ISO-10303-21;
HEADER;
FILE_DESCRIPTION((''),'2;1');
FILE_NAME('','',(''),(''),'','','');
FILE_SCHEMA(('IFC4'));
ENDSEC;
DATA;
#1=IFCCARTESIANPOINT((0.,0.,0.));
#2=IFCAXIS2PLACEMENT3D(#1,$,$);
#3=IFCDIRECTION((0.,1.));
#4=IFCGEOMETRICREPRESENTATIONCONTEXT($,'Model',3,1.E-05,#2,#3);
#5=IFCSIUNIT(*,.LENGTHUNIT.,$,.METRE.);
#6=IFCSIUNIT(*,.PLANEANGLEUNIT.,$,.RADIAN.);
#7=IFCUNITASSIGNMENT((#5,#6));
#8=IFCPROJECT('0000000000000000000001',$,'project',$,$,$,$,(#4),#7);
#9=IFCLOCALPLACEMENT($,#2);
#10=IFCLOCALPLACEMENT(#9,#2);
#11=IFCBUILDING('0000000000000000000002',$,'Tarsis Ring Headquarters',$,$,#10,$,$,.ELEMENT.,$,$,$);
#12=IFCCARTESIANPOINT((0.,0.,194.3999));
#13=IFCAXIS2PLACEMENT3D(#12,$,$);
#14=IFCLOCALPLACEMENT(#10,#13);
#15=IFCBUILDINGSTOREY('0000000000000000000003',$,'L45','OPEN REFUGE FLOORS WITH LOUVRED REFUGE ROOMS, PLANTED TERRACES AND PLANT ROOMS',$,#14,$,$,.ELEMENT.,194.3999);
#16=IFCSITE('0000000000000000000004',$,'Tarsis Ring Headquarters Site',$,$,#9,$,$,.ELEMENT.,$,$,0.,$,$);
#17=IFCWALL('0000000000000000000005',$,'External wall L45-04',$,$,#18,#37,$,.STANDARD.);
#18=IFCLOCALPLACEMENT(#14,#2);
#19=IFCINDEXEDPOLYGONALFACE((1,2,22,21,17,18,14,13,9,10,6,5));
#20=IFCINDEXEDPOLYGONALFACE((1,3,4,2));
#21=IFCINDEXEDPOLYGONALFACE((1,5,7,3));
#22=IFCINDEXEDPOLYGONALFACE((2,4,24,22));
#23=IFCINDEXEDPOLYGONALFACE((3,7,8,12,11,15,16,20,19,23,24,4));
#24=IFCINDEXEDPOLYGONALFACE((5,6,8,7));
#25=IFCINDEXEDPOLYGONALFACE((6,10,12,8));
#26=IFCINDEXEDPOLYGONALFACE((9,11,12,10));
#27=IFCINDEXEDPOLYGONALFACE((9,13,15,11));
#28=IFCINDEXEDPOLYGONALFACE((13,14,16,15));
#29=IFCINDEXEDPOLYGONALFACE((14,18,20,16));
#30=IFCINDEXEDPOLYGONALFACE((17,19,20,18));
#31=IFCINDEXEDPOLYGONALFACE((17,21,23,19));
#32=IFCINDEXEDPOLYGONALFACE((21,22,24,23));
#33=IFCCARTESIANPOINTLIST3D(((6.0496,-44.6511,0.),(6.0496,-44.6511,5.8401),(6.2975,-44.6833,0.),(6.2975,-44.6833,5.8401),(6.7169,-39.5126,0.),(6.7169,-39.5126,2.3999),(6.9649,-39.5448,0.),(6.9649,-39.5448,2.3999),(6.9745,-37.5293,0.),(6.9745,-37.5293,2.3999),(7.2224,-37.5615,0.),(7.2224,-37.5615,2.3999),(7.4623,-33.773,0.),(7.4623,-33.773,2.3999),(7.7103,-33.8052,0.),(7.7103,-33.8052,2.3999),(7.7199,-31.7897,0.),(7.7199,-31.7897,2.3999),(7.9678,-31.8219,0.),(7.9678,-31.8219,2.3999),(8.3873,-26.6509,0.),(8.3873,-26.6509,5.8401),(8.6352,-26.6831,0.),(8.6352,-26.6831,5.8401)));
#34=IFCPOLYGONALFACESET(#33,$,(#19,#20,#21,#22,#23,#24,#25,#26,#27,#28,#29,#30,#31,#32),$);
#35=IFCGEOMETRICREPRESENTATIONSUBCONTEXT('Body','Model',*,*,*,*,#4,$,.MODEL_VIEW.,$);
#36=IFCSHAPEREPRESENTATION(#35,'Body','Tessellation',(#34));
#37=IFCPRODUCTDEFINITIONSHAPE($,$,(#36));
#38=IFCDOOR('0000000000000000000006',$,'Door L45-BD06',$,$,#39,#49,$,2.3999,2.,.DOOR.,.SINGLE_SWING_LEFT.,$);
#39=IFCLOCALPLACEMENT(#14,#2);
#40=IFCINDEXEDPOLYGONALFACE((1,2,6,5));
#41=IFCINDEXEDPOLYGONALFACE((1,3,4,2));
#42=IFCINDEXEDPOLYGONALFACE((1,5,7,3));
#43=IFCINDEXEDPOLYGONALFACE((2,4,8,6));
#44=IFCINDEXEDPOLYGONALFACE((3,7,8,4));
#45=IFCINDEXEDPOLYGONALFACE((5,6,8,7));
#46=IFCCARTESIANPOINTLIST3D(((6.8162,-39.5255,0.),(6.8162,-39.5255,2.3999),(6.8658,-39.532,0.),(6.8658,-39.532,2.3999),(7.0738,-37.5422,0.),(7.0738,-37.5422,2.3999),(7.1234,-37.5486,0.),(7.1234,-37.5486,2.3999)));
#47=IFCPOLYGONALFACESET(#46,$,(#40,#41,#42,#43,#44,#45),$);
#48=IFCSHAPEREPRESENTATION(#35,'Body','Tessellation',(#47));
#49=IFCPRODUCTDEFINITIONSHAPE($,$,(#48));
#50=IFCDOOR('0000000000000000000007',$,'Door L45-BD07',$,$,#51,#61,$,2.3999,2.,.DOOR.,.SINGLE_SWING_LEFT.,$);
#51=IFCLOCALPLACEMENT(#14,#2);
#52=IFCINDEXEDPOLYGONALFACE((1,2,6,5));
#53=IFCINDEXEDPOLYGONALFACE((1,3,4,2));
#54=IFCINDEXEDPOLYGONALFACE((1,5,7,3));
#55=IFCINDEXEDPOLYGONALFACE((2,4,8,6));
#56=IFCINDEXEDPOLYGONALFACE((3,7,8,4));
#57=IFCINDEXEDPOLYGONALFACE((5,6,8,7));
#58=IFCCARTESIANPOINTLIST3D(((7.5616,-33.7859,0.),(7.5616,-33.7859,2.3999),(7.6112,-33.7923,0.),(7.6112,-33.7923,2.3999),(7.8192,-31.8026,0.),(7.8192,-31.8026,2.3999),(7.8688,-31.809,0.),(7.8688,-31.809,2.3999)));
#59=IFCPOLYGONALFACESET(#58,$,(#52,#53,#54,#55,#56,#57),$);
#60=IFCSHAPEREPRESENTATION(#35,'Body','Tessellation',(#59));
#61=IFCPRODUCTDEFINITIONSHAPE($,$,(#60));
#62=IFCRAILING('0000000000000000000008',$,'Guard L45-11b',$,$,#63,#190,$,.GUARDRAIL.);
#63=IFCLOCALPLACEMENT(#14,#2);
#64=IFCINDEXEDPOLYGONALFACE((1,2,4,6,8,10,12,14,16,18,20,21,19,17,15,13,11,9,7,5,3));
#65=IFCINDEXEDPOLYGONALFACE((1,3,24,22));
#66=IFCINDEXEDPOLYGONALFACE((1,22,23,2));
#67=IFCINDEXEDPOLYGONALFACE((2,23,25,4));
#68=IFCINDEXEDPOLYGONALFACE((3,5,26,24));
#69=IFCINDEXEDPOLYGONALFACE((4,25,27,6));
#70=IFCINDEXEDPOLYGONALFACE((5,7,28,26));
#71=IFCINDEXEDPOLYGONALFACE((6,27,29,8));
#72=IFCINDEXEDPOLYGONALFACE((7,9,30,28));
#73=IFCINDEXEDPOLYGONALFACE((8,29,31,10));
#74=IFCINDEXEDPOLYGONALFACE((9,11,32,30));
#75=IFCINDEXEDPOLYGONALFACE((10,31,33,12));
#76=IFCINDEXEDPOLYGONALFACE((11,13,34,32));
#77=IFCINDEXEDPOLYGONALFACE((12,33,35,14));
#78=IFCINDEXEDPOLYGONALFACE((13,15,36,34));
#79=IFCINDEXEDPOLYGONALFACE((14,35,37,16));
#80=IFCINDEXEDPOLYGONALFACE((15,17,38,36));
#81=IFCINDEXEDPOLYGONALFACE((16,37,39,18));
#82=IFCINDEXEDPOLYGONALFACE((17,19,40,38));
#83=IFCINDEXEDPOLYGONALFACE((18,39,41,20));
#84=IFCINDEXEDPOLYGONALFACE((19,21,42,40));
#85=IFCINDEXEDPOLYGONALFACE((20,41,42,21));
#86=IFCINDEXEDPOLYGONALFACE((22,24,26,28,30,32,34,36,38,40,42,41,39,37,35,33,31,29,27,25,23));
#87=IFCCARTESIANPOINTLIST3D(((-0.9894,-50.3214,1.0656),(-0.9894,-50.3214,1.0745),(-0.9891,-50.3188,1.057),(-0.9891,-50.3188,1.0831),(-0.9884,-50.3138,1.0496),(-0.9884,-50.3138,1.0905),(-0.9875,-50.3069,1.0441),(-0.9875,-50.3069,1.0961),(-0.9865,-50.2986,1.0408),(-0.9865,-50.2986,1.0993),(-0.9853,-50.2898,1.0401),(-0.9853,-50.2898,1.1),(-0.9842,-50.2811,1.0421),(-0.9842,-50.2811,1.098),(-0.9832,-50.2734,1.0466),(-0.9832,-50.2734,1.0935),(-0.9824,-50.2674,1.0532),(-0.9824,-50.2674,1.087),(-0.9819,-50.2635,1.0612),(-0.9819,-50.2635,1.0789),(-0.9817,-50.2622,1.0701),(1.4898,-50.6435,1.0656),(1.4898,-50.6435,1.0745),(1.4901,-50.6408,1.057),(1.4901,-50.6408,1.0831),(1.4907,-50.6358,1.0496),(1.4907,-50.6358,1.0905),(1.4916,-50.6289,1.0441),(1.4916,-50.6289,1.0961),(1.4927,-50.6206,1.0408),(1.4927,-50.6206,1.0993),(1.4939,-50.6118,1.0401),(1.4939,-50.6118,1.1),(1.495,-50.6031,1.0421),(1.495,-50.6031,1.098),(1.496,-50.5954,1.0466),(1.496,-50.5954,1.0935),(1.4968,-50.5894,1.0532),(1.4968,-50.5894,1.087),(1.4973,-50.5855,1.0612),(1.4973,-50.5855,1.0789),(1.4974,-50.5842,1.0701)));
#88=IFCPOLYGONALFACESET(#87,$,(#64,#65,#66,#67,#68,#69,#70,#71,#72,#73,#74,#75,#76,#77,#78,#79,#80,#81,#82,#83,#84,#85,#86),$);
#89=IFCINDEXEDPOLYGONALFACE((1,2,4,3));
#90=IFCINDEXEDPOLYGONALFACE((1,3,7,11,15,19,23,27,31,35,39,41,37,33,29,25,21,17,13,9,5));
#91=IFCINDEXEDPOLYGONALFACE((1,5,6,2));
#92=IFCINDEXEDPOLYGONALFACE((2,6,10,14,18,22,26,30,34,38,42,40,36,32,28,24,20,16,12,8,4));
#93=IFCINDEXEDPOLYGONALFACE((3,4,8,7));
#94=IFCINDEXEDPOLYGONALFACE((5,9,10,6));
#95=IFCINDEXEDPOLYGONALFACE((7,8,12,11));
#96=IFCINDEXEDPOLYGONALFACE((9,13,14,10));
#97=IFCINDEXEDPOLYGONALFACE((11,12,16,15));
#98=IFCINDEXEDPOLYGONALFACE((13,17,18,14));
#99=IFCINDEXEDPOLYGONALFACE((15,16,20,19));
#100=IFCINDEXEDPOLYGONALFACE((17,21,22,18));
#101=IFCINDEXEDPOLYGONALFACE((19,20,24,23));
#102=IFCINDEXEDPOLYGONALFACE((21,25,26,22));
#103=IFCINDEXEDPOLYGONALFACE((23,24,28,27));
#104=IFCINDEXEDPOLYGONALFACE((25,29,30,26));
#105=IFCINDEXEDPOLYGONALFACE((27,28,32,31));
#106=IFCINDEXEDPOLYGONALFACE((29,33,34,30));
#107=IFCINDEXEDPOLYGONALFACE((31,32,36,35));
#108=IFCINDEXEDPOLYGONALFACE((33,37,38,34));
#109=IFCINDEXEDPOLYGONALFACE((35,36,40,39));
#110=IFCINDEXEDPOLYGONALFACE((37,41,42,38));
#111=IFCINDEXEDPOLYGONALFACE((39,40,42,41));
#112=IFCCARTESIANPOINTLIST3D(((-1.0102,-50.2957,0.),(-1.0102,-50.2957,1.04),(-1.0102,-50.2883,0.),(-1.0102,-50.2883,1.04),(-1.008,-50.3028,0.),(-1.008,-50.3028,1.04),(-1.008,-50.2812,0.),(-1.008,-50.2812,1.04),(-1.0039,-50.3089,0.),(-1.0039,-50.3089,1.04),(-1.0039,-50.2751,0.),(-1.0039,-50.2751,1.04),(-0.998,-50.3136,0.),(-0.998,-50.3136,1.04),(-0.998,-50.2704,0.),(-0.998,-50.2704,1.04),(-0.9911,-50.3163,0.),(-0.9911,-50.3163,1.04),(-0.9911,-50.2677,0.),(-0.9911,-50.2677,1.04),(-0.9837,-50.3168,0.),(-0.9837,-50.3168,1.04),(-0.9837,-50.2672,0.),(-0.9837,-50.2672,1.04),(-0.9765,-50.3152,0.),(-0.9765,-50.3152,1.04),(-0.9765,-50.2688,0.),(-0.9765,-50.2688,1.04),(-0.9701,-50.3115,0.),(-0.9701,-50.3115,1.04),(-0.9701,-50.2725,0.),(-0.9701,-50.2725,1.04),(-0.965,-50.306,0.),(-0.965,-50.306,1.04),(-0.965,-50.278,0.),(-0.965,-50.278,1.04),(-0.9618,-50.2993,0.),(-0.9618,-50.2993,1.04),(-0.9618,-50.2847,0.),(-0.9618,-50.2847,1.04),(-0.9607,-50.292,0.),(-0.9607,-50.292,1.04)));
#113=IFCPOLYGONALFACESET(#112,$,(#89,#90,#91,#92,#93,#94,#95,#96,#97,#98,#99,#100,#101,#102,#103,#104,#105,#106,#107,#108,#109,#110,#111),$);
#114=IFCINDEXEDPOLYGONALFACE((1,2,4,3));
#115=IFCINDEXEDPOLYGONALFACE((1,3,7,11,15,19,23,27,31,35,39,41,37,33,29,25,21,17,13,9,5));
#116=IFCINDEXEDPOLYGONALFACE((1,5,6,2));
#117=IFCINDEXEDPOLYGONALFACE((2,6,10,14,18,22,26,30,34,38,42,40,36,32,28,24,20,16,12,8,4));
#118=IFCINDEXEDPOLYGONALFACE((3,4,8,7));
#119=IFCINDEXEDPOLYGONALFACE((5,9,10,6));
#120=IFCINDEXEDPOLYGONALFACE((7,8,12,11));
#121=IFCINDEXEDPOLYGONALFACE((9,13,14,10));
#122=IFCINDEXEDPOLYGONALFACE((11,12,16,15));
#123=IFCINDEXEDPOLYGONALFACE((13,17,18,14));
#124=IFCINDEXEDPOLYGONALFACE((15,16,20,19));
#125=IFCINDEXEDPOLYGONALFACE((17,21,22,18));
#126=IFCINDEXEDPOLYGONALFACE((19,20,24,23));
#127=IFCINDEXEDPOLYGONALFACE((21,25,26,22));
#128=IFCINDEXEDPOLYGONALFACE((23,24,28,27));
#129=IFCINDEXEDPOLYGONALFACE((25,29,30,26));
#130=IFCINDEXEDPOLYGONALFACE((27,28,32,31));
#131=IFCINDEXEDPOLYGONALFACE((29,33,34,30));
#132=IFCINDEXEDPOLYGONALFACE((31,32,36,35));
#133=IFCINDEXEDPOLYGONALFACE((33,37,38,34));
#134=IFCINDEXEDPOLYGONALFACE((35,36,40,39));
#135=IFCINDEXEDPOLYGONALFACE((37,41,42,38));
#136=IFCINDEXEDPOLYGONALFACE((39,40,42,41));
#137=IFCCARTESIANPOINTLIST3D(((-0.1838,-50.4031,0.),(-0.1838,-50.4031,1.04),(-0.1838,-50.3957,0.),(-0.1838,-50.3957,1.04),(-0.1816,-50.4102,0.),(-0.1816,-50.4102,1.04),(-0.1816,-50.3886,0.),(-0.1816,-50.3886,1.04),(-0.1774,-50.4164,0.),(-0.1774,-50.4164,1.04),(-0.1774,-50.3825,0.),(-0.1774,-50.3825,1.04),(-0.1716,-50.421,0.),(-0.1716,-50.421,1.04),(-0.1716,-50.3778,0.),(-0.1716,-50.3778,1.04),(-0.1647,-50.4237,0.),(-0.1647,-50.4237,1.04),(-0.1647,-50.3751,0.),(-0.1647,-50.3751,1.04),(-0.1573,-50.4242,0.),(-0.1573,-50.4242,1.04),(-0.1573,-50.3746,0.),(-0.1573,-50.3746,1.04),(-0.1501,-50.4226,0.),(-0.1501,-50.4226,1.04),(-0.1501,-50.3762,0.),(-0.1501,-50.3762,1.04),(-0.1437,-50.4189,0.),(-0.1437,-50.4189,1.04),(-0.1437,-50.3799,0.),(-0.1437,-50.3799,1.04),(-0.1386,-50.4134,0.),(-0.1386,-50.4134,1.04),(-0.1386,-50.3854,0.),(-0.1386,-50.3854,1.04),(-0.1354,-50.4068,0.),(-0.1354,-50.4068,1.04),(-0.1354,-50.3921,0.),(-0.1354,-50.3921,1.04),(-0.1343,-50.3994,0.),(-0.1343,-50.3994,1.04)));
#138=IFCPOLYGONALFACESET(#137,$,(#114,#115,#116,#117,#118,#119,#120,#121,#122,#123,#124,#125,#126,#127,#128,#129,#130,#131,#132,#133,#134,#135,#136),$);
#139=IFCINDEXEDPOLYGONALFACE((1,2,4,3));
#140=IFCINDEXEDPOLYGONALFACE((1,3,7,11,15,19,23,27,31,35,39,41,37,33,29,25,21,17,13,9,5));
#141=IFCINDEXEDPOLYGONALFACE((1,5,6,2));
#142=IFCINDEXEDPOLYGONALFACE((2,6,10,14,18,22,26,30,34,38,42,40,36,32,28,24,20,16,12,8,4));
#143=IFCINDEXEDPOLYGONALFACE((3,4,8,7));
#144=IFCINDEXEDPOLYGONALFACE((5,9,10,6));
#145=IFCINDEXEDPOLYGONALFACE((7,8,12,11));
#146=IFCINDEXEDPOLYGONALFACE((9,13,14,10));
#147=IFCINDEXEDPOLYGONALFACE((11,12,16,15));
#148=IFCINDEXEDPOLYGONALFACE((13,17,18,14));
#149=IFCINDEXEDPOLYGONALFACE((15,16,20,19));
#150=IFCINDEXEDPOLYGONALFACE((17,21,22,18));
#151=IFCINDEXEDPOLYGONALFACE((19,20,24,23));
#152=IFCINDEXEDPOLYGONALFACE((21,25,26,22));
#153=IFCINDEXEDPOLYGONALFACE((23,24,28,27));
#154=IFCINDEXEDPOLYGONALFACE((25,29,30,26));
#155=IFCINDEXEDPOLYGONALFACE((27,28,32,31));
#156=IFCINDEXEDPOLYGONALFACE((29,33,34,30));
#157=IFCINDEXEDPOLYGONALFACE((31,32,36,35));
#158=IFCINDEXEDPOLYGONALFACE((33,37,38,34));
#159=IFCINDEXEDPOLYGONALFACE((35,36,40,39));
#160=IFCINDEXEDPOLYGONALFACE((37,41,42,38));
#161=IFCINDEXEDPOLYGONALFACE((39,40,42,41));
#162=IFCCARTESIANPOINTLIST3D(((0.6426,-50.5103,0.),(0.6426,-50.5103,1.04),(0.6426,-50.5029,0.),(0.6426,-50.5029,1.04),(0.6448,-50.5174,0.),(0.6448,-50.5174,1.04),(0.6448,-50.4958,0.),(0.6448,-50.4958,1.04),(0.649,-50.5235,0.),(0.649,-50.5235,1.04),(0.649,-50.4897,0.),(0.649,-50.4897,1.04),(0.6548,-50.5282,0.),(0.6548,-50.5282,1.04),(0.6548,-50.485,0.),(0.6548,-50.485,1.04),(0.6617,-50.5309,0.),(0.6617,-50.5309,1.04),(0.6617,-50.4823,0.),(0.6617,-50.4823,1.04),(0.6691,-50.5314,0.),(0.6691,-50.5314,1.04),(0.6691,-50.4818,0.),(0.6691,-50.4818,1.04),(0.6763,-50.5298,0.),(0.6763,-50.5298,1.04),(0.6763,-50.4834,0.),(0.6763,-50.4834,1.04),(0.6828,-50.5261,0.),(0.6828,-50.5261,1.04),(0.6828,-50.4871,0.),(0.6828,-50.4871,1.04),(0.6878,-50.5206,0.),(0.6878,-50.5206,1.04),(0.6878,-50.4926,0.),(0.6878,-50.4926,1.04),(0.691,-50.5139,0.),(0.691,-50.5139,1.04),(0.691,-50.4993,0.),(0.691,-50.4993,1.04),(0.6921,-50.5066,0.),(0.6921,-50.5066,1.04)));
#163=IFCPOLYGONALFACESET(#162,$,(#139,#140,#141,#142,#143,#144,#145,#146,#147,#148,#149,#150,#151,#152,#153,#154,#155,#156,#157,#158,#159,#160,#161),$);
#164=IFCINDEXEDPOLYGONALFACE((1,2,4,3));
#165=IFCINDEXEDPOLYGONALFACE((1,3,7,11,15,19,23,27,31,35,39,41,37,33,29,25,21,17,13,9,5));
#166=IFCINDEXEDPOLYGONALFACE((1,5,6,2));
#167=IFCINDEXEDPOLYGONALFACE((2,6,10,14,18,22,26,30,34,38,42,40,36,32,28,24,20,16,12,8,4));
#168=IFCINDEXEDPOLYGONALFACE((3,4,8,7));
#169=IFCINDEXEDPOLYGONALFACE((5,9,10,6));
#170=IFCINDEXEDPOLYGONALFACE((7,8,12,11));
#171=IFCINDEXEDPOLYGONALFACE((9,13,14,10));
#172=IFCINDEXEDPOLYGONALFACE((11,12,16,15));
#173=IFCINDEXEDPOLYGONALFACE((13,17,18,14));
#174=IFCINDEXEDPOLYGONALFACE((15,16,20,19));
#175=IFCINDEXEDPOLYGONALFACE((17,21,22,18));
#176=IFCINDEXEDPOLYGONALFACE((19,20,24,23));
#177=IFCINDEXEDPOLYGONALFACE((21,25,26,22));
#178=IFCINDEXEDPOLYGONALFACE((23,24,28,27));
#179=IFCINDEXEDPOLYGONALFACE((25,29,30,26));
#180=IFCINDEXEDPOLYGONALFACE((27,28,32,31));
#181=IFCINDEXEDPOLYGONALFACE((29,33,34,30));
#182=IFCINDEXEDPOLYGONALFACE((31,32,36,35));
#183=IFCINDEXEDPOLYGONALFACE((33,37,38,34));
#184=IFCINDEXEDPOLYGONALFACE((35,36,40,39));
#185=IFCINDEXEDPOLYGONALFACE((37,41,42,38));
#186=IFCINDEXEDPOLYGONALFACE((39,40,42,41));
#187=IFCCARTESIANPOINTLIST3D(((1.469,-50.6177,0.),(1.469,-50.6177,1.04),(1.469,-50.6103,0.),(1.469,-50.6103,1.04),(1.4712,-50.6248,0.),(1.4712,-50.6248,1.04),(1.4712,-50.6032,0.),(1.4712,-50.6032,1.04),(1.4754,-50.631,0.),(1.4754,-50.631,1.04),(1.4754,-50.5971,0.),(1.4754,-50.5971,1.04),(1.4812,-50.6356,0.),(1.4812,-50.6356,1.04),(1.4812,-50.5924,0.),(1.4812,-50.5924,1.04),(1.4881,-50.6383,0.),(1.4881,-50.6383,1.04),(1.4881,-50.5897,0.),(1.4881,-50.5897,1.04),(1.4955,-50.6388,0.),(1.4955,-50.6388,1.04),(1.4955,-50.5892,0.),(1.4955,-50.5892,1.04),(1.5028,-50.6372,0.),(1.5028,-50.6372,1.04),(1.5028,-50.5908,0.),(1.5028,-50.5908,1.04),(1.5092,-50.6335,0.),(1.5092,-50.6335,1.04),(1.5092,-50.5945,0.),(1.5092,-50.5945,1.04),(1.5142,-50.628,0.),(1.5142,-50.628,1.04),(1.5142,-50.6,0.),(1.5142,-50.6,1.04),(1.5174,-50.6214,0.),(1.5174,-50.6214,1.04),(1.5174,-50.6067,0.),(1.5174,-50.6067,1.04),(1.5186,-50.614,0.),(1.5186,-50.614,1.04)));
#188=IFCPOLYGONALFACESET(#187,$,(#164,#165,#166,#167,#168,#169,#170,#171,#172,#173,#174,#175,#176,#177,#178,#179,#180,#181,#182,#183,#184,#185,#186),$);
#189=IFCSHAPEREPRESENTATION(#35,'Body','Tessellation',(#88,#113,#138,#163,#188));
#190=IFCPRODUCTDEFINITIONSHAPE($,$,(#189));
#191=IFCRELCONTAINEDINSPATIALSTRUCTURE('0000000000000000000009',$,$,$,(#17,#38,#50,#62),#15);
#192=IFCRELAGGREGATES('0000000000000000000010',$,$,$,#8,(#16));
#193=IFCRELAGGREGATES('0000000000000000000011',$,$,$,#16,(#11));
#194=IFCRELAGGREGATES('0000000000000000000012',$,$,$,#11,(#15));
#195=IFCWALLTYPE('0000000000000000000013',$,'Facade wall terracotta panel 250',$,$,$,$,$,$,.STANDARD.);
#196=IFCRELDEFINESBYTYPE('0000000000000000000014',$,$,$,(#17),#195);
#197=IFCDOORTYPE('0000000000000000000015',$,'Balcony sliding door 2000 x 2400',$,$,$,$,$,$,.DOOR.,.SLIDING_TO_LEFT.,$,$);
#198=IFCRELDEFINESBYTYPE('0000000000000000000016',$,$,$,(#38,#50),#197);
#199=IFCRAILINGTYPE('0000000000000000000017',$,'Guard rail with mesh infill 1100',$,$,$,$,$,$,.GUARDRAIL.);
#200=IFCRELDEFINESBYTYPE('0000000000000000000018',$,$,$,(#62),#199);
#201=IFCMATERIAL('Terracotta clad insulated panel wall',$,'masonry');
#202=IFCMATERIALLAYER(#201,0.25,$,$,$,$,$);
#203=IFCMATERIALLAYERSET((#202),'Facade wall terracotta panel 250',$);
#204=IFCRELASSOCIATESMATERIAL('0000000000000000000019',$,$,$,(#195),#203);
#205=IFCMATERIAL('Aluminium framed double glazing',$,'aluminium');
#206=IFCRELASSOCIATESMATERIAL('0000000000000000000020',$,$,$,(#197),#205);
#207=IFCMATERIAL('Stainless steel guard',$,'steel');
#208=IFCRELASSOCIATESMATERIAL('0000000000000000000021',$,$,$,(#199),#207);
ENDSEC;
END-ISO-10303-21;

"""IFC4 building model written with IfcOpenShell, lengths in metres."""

from ifc_helpers import new_model, si_unit, direction, frame, frame_2d, origin, origin_2d, place, context, subcontext, project, spatial, rectangle, circle, extrude, material, layer, layer_set, type_object, element, fill, save


model = new_model("IFC4")

# Units and contexts
model_context = context("Model", 3, precision=1e-05, world=origin(), true_north=direction((0.0, 1.0)))
body_context = subcontext(model_context, "Body", "Model", "MODEL_VIEW")
ifc_project = project(units=[si_unit("LENGTHUNIT", "METRE"), si_unit("PLANEANGLEUNIT", "RADIAN")], contexts=[model_context])

# Site, building, storey
site_placement = place(None, origin())
site = spatial("IfcSite", under=ifc_project, at=site_placement, Name="Tarsis Ring Headquarters Site", CompositionType="ELEMENT", RefElevation=0.0)
building_placement = place(site_placement, origin())
building = spatial("IfcBuilding", under=site, at=building_placement, Name="Tarsis Ring Headquarters", CompositionType="ELEMENT")
storey_placement = place(building_placement, frame((0.0, 0.0, 194.3999)))
storey = spatial("IfcBuildingStorey", under=building, at=storey_placement, Name="L45", Description="OPEN REFUGE FLOORS WITH LOUVRED REFUGE ROOMS, PLANTED TERRACES AND PLANT ROOMS", CompositionType="ELEMENT", Elevation=194.3999)

# Wall, openings, doors
ifc_material_1 = material(Name="Terracotta clad insulated panel wall", Category="masonry")
ifc_layer_1 = layer(ifc_material_1, 0.25)
ifc_layer_set_1 = layer_set([ifc_layer_1], Name="Facade wall terracotta panel 250")
wall_type_1 = type_object("IfcWallType", Name="Facade wall terracotta panel 250", PredefinedType="STANDARD", material=ifc_layer_set_1)
wall_1_placement = place(storey_placement, frame((6.1736, -44.6672, 0.0), z_axis=(0.0, 0.0, 1.0), x_axis=(0.128786, 0.991672, 0.0)))
wall_1 = element("IfcWall", 1, at=wall_1_placement, inside=storey, type_object=wall_type_1, Name="External wall L45-04", PredefinedType="STANDARD", context=body_context, shape_type="SweptSolid", body=[
    extrude(rectangle(XDim=18.1514, YDim=0.25, at=frame_2d((9.0757, 0.0))), origin(), (0.0, 0.0, 1.0), 5.8401),
])
opening_1_placement = place(wall_1_placement, frame((5.1816, 0.0, 0.0)))
opening_1 = element("IfcOpeningElement", 2, at=opening_1_placement, cuts=wall_1, PredefinedType="OPENING", context=body_context, shape_type="SweptSolid", body=[
    extrude(rectangle(XDim=2.0, YDim=2.3999, at=frame_2d((1.0, 1.2))), frame((0.0, 0.135, 0.0), z_axis=(0.0, -1.0, 0.0), x_axis=(1.0, 0.0, 0.0)), (0.0, 0.0, 1.0), 0.27),
])
opening_2_placement = place(wall_1_placement, frame((10.9695, 0.0, 0.0)))
opening_2 = element("IfcOpeningElement", 3, at=opening_2_placement, cuts=wall_1, PredefinedType="OPENING", context=body_context, shape_type="SweptSolid", body=[
    extrude(rectangle(XDim=2.0, YDim=2.3999, at=frame_2d((1.0, 1.2))), frame((0.0, 0.135, 0.0), z_axis=(0.0, -1.0, 0.0), x_axis=(1.0, 0.0, 0.0)), (0.0, 0.0, 1.0), 0.27),
])
ifc_material_2 = material(Name="Aluminium framed double glazing", Category="aluminium")
door_type_1 = type_object("IfcDoorType", Name="Balcony sliding door 2000 x 2400", OperationType="SLIDING_TO_LEFT", PredefinedType="DOOR", material=ifc_material_2)
door_1_placement = place(opening_1_placement, origin())
door_1 = element("IfcDoor", 4, at=door_1_placement, inside=storey, type_object=door_type_1, Name="Door L45-BD06", OperationType="SINGLE_SWING_LEFT", OverallHeight=2.3999, OverallWidth=2.0, PredefinedType="DOOR", context=body_context, shape_type="SweptSolid", body=[
    extrude(rectangle(XDim=2.0, YDim=2.3999, at=frame_2d((1.0, 1.2))), frame((0.0, 0.0249, 0.0), z_axis=(0.0, -1.0, 0.0), x_axis=(1.0, 0.0, 0.0)), (0.0, 0.0, 1.0), 0.05),
])
fill(opening_1, door_1)
door_2_placement = place(opening_2_placement, origin())
door_2 = element("IfcDoor", 5, at=door_2_placement, inside=storey, type_object=door_type_1, Name="Door L45-BD07", OperationType="SINGLE_SWING_LEFT", OverallHeight=2.3999, OverallWidth=2.0, PredefinedType="DOOR", context=body_context, shape_type="SweptSolid", body=[
    extrude(rectangle(XDim=2.0, YDim=2.3999, at=frame_2d((1.0, 1.2))), frame((0.0, 0.0249, 0.0), z_axis=(0.0, -1.0, 0.0), x_axis=(1.0, 0.0, 0.0)), (0.0, 0.0, 1.0), 0.05),
])
fill(opening_2, door_2)

# Railing
ifc_material_3 = material(Name="Stainless steel guard", Category="steel")
railing_type_1 = type_object("IfcRailingType", Name="Guard rail with mesh infill 1100", PredefinedType="GUARDRAIL", material=ifc_material_3)
railing_1_placement = place(storey_placement, frame((-0.9856, -50.292, 0.0)))
element("IfcRailing", 6, at=railing_1_placement, inside=storey, type_object=railing_type_1, Name="Guard L45-11b", PredefinedType="GUARDRAIL", context=body_context, shape_type="SweptSolid", body=[
    extrude(circle(Radius=0.03, at=origin_2d()), frame((0.0, 0.0, 1.0701), z_axis=(0.99167, -0.128805, 0.0), x_axis=(0.128805, 0.99167, 0.0)), (0.0, 0.0, 1.0), 2.5),
    extrude(circle(Radius=0.0249, at=origin_2d()), origin(), (0.0, 0.0, 1.0), 1.04),
    extrude(circle(Radius=0.0249, at=origin_2d()), frame((0.8264, -0.1074, 0.0)), (0.0, 0.0, 1.0), 1.04),
    extrude(circle(Radius=0.0249, at=origin_2d()), frame((1.6528, -0.2146, 0.0)), (0.0, 0.0, 1.0), 1.04),
    extrude(circle(Radius=0.0249, at=origin_2d()), frame((2.4792, -0.322, 0.0)), (0.0, 0.0, 1.0), 1.04),
])

save(model, "model.ifc")
